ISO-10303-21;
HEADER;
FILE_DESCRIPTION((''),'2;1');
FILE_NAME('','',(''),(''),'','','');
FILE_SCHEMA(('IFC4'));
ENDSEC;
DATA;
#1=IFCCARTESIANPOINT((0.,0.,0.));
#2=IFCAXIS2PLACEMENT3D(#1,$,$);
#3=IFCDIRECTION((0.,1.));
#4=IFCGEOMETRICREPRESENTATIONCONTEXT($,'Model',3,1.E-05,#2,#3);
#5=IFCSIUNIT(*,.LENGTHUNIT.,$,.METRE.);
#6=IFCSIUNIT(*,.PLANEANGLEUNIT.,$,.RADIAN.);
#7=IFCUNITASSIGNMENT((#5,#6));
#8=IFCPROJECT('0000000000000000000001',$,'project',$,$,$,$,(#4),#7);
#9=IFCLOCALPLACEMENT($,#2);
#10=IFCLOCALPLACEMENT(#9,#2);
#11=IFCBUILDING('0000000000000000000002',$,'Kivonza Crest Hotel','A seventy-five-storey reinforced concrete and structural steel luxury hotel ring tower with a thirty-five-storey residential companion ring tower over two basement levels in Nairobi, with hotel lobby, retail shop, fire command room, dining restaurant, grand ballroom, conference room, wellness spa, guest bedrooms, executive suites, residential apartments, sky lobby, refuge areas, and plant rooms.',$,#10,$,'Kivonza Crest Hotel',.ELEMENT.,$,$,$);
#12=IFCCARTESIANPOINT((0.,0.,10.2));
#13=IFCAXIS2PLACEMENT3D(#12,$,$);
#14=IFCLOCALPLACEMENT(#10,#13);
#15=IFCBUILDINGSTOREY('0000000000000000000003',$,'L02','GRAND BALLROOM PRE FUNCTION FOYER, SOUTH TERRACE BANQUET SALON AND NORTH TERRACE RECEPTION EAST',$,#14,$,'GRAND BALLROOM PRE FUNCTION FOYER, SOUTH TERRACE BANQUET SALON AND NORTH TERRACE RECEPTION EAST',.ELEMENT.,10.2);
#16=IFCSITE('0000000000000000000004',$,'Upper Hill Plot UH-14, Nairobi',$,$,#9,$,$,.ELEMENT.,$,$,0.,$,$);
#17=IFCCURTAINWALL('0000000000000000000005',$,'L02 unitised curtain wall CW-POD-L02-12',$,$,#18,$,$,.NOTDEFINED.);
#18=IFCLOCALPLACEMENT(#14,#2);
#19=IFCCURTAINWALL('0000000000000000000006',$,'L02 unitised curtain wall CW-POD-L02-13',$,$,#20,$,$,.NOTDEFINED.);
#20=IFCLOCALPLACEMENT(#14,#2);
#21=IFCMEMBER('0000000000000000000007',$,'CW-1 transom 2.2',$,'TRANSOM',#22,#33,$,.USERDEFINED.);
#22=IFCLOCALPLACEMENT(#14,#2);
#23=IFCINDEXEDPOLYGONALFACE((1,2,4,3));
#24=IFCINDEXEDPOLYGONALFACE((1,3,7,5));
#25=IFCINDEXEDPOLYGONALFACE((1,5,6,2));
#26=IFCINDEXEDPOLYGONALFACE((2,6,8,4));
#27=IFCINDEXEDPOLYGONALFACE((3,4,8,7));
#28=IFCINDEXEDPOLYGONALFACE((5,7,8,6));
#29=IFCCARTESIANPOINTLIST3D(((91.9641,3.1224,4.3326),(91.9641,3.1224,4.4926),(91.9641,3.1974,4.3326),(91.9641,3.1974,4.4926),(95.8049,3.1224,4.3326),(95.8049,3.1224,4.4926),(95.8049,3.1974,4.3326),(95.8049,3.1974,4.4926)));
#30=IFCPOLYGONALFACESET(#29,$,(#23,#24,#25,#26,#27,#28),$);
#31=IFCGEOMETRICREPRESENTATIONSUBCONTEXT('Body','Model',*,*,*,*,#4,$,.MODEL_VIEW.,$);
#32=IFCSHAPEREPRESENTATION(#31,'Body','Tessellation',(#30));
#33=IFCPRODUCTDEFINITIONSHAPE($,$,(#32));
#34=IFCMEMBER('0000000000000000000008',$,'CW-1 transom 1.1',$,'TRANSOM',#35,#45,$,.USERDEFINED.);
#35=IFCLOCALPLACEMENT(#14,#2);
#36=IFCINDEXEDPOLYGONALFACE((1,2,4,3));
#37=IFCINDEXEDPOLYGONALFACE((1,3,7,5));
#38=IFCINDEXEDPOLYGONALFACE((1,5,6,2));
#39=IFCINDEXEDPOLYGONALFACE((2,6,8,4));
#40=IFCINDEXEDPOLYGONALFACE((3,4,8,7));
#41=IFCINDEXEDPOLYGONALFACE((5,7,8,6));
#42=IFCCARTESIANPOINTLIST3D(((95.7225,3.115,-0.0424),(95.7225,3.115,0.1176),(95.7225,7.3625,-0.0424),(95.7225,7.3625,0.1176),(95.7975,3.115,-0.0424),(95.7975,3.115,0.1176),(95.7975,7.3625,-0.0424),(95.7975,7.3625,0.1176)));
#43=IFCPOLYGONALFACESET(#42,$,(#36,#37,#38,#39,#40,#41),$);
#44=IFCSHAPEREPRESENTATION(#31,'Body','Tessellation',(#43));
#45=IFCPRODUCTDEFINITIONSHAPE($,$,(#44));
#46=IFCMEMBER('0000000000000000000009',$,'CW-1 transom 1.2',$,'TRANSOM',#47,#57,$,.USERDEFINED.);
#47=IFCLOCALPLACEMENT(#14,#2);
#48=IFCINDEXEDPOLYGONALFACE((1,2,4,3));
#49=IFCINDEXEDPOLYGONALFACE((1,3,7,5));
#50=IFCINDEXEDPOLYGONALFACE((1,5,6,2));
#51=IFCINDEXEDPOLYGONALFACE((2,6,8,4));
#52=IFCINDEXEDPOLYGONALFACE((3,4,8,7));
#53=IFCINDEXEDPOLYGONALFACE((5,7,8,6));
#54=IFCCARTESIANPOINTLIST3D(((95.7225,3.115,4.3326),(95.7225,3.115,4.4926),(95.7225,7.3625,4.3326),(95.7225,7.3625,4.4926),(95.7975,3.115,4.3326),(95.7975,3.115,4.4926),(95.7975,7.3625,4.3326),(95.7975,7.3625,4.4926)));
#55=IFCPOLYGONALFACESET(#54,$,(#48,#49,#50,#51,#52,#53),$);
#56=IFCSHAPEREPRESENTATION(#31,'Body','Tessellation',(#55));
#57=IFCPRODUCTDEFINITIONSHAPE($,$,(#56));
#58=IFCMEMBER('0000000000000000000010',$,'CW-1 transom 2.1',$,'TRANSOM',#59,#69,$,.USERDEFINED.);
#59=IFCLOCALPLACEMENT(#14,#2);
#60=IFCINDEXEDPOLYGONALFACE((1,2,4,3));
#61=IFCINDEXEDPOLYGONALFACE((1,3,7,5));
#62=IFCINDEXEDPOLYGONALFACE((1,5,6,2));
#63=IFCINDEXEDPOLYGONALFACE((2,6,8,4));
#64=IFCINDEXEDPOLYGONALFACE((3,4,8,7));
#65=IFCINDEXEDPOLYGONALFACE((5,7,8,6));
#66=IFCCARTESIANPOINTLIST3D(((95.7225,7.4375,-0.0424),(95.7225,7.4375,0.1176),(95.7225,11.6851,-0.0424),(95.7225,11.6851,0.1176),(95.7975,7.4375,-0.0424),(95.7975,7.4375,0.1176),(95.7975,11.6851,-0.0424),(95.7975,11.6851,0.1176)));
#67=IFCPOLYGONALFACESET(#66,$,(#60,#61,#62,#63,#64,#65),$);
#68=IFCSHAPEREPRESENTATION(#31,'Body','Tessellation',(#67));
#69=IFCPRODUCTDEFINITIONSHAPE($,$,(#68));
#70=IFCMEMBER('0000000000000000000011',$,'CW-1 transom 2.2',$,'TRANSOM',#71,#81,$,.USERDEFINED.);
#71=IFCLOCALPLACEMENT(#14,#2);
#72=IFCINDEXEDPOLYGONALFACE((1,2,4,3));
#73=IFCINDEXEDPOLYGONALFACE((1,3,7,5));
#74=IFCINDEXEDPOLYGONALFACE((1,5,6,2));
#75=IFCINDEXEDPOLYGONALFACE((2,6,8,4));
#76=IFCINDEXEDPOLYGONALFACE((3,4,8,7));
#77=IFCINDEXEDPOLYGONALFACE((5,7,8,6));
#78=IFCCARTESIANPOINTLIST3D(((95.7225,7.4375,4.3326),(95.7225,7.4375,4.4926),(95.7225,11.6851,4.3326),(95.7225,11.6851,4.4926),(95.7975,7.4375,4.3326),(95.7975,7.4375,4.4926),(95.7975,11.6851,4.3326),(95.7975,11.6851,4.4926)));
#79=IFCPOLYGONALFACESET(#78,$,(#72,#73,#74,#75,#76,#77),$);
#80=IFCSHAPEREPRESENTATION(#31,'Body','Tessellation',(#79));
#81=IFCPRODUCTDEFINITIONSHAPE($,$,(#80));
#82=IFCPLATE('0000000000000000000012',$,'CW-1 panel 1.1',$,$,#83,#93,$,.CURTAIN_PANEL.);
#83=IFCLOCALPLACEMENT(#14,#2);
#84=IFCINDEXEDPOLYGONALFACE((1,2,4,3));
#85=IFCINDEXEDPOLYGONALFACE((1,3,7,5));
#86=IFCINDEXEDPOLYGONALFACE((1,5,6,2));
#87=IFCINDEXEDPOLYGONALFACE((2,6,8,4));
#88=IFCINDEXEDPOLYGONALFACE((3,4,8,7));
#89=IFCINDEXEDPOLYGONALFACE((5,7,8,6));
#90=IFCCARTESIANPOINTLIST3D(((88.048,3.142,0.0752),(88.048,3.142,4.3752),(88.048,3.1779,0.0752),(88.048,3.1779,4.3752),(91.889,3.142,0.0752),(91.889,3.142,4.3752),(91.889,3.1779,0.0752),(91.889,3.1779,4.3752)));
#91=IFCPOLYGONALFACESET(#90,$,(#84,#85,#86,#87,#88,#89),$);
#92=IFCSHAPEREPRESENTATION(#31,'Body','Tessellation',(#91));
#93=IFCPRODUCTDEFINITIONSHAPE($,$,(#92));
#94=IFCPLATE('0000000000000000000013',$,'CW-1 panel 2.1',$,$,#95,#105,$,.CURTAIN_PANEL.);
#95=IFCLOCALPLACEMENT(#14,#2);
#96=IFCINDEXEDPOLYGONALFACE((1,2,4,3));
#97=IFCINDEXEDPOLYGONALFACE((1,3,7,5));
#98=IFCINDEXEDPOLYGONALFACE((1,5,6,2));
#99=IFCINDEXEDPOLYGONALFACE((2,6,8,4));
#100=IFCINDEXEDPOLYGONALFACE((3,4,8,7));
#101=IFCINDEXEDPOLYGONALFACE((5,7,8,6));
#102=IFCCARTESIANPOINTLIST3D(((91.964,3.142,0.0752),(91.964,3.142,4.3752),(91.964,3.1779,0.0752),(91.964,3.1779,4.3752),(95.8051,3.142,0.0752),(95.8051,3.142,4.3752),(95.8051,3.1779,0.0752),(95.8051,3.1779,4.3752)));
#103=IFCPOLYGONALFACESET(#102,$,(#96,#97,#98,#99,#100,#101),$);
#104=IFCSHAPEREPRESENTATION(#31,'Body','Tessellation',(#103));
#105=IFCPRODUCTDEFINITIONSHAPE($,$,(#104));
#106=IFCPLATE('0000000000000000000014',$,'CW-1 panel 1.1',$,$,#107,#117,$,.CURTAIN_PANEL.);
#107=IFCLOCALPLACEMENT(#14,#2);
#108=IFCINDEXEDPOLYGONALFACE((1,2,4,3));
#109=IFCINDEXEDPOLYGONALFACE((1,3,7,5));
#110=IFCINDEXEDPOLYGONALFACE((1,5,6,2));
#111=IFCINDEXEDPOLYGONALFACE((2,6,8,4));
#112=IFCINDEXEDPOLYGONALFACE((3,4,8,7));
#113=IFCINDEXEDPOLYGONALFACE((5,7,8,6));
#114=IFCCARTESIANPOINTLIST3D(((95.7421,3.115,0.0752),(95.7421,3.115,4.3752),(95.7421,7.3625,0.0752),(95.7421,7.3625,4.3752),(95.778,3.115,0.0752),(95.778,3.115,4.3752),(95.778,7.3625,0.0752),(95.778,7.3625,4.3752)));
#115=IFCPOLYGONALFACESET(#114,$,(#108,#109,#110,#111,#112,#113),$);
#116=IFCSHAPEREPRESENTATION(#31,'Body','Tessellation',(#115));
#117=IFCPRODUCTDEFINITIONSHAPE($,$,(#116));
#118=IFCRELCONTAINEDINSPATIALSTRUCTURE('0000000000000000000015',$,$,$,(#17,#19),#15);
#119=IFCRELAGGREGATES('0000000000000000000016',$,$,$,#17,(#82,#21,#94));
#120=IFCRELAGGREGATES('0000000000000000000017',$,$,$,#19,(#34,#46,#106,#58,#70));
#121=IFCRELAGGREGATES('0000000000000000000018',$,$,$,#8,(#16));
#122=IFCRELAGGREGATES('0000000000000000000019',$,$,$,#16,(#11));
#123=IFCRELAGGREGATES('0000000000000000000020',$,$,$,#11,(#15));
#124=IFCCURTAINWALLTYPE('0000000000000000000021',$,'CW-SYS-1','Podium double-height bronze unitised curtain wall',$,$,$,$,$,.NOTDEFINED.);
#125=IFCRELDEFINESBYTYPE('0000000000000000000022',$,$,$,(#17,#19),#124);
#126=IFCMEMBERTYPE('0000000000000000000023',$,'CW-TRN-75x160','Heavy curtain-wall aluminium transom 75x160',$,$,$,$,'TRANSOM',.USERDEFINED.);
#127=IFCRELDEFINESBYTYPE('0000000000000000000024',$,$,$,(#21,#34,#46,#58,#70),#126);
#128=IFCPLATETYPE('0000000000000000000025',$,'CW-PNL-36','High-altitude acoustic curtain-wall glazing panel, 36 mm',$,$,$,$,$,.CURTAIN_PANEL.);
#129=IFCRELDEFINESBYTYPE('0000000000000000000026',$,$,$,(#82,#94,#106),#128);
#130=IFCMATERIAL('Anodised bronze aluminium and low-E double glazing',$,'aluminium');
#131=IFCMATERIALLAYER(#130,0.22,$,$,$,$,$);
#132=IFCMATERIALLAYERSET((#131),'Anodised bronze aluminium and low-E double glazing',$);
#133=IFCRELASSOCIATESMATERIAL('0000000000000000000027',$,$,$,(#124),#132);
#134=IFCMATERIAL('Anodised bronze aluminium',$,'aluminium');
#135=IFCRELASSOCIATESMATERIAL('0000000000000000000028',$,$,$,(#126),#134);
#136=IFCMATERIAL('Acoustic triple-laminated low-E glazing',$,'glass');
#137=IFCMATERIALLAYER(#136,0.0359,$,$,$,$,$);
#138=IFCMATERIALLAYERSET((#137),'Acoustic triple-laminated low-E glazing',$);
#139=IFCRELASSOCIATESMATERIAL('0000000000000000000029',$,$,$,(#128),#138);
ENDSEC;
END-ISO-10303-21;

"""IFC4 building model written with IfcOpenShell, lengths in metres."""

from ifc_helpers import new_model, si_unit, direction, frame, origin, origin_2d, place, context, subcontext, project, spatial, rectangle, extrude, material, layer, layer_set, material_profile, profile_set, type_object, element, aggregate, save


model = new_model("IFC4")

# Units and contexts
model_context = context("Model", 3, precision=1e-05, world=origin(), true_north=direction((0.0, 1.0)))
body_context = subcontext(model_context, "Body", "Model", "MODEL_VIEW")
ifc_project = project(units=[si_unit("LENGTHUNIT", "METRE"), si_unit("PLANEANGLEUNIT", "RADIAN")], contexts=[model_context])

# Site, building, storey
site_placement = place(None, origin())
site = spatial("IfcSite", under=ifc_project, at=site_placement, Name="Upper Hill Plot UH-14, Nairobi", CompositionType="ELEMENT", RefElevation=0.0)
building_placement = place(site_placement, origin())
building = spatial("IfcBuilding", under=site, at=building_placement, Name="Kivonza Crest Hotel", Description="A seventy-five-storey reinforced concrete and structural steel luxury hotel ring tower with a thirty-five-storey residential companion ring tower over two basement levels in Nairobi, with hotel lobby, retail shop, fire command room, dining restaurant, grand ballroom, conference room, wellness spa, guest bedrooms, executive suites, residential apartments, sky lobby, refuge areas, and plant rooms.", LongName="Kivonza Crest Hotel", CompositionType="ELEMENT")
storey_placement = place(building_placement, frame((0.0, 0.0, 10.2)))
storey = spatial("IfcBuildingStorey", under=building, at=storey_placement, Name="L02", Description="GRAND BALLROOM PRE FUNCTION FOYER, SOUTH TERRACE BANQUET SALON AND NORTH TERRACE RECEPTION EAST", LongName="GRAND BALLROOM PRE FUNCTION FOYER, SOUTH TERRACE BANQUET SALON AND NORTH TERRACE RECEPTION EAST", CompositionType="ELEMENT", Elevation=10.2)

# Shared definitions
ifc_material_1 = material(Name="Anodised bronze aluminium and low-E double glazing", Category="aluminium")
ifc_layer_1 = layer(ifc_material_1, 0.22)
ifc_layer_set_1 = layer_set([ifc_layer_1], Name="Anodised bronze aluminium and low-E double glazing")
curtain_wall_type = type_object("IfcCurtainWallType", Name="CW-SYS-1", Description="Podium double-height bronze unitised curtain wall", PredefinedType="NOTDEFINED", material=ifc_layer_set_1)
ifc_material_2 = material(Name="Anodised bronze aluminium", Category="aluminium")

# Curtain walls
curtain_wall_1_placement = place(storey_placement, origin())
curtain_wall_1 = element("IfcCurtainWall", 1, at=curtain_wall_1_placement, inside=storey, type_object=curtain_wall_type, Name="L02 unitised curtain wall CW-POD-L02-12", PredefinedType="NOTDEFINED")
curtain_wall_2_placement = place(storey_placement, origin())
curtain_wall_2 = element("IfcCurtainWall", 2, at=curtain_wall_2_placement, inside=storey, type_object=curtain_wall_type, Name="L02 unitised curtain wall CW-POD-L02-13", PredefinedType="NOTDEFINED")

# Members
ifc_material_profile_1 = material_profile(ifc_material_2, rectangle(XDim=0.075, YDim=0.1599, at=origin_2d()), Name="CW-T 75x160")
ifc_profile_set_1 = profile_set([ifc_material_profile_1], Name="Anodised bronze aluminium")
member_type_1 = type_object("IfcMemberType", Name="CW-TRN-75x160", Description="Heavy curtain-wall aluminium transom 75x160", ElementType="TRANSOM", PredefinedType="USERDEFINED", material=ifc_profile_set_1)
member_1_placement = place(storey_placement, frame((91.9641, 3.1599, 4.4126), z_axis=(1.0, 0.0, 0.0), x_axis=(0.0, 1.0, 0.0)))
member_1 = element("IfcMember", 3, at=member_1_placement, type_object=member_type_1, Name="CW-1 transom 2.2", ObjectType="TRANSOM", PredefinedType="USERDEFINED", context=body_context, shape_type="SweptSolid", body=[
    extrude(rectangle(XDim=0.075, YDim=0.1599, at=origin_2d()), origin(), (0.0, 0.0, 1.0), 3.8408),
])
member_2_placement = place(storey_placement, frame((95.76, 3.115, 0.0376), z_axis=(0.0, 1.0, 0.0), x_axis=(-1.0, 0.0, 0.0)))
member_2 = element("IfcMember", 4, at=member_2_placement, type_object=member_type_1, Name="CW-1 transom 1.1", ObjectType="TRANSOM", PredefinedType="USERDEFINED", context=body_context, shape_type="SweptSolid", body=[
    extrude(rectangle(XDim=0.075, YDim=0.1599, at=origin_2d()), origin(), (0.0, 0.0, 1.0), 4.2476),
])
member_3_placement = place(storey_placement, frame((95.76, 3.115, 4.4126), z_axis=(0.0, 1.0, 0.0), x_axis=(-1.0, 0.0, 0.0)))
member_3 = element("IfcMember", 5, at=member_3_placement, type_object=member_type_1, Name="CW-1 transom 1.2", ObjectType="TRANSOM", PredefinedType="USERDEFINED", context=body_context, shape_type="SweptSolid", body=[
    extrude(rectangle(XDim=0.075, YDim=0.1599, at=origin_2d()), origin(), (0.0, 0.0, 1.0), 4.2476),
])
member_4_placement = place(storey_placement, frame((95.76, 7.4375, 0.0376), z_axis=(0.0, 1.0, 0.0), x_axis=(-1.0, 0.0, 0.0)))
member_4 = element("IfcMember", 6, at=member_4_placement, type_object=member_type_1, Name="CW-1 transom 2.1", ObjectType="TRANSOM", PredefinedType="USERDEFINED", context=body_context, shape_type="SweptSolid", body=[
    extrude(rectangle(XDim=0.075, YDim=0.1599, at=origin_2d()), origin(), (0.0, 0.0, 1.0), 4.2476),
])
member_5_placement = place(storey_placement, frame((95.76, 7.4375, 4.4126), z_axis=(0.0, 1.0, 0.0), x_axis=(-1.0, 0.0, 0.0)))
member_5 = element("IfcMember", 7, at=member_5_placement, type_object=member_type_1, Name="CW-1 transom 2.2", ObjectType="TRANSOM", PredefinedType="USERDEFINED", context=body_context, shape_type="SweptSolid", body=[
    extrude(rectangle(XDim=0.075, YDim=0.1599, at=origin_2d()), origin(), (0.0, 0.0, 1.0), 4.2476),
])

# Plates
ifc_material_3 = material(Name="Acoustic triple-laminated low-E glazing", Category="glass")
ifc_layer_2 = layer(ifc_material_3, 0.0359)
ifc_layer_set_2 = layer_set([ifc_layer_2], Name="Acoustic triple-laminated low-E glazing")
plate_type = type_object("IfcPlateType", Name="CW-PNL-36", Description="High-altitude acoustic curtain-wall glazing panel, 36 mm", PredefinedType="CURTAIN_PANEL", material=ifc_layer_set_2)
plate_1_placement = place(storey_placement, frame((89.9685, 3.1599, 0.0752), z_axis=(0.0, 0.0, 1.0), x_axis=(1.0, 0.0, 0.0)))
plate_1 = element("IfcPlate", 8, at=plate_1_placement, type_object=plate_type, Name="CW-1 panel 1.1", PredefinedType="CURTAIN_PANEL", context=body_context, shape_type="SweptSolid", body=[
    extrude(rectangle(XDim=3.8411, YDim=0.0359, at=origin_2d()), origin(), (0.0, 0.0, 1.0), 4.3),
])
plate_2_placement = place(storey_placement, frame((93.8845, 3.1599, 0.0752), z_axis=(0.0, 0.0, 1.0), x_axis=(1.0, 0.0, 0.0)))
plate_2 = element("IfcPlate", 9, at=plate_2_placement, type_object=plate_type, Name="CW-1 panel 2.1", PredefinedType="CURTAIN_PANEL", context=body_context, shape_type="SweptSolid", body=[
    extrude(rectangle(XDim=3.8411, YDim=0.0359, at=origin_2d()), origin(), (0.0, 0.0, 1.0), 4.3),
])
aggregate(curtain_wall_1, [plate_1, member_1, plate_2])
plate_3_placement = place(storey_placement, frame((95.76, 5.2388, 0.0752), z_axis=(0.0, 0.0, 1.0), x_axis=(0.0, 1.0, 0.0)))
plate_3 = element("IfcPlate", 10, at=plate_3_placement, type_object=plate_type, Name="CW-1 panel 1.1", PredefinedType="CURTAIN_PANEL", context=body_context, shape_type="SweptSolid", body=[
    extrude(rectangle(XDim=4.2476, YDim=0.0359, at=origin_2d()), origin(), (0.0, 0.0, 1.0), 4.3),
])
aggregate(curtain_wall_2, [member_2, member_3, plate_3, member_4, member_5])

save(model, "model.ifc")
